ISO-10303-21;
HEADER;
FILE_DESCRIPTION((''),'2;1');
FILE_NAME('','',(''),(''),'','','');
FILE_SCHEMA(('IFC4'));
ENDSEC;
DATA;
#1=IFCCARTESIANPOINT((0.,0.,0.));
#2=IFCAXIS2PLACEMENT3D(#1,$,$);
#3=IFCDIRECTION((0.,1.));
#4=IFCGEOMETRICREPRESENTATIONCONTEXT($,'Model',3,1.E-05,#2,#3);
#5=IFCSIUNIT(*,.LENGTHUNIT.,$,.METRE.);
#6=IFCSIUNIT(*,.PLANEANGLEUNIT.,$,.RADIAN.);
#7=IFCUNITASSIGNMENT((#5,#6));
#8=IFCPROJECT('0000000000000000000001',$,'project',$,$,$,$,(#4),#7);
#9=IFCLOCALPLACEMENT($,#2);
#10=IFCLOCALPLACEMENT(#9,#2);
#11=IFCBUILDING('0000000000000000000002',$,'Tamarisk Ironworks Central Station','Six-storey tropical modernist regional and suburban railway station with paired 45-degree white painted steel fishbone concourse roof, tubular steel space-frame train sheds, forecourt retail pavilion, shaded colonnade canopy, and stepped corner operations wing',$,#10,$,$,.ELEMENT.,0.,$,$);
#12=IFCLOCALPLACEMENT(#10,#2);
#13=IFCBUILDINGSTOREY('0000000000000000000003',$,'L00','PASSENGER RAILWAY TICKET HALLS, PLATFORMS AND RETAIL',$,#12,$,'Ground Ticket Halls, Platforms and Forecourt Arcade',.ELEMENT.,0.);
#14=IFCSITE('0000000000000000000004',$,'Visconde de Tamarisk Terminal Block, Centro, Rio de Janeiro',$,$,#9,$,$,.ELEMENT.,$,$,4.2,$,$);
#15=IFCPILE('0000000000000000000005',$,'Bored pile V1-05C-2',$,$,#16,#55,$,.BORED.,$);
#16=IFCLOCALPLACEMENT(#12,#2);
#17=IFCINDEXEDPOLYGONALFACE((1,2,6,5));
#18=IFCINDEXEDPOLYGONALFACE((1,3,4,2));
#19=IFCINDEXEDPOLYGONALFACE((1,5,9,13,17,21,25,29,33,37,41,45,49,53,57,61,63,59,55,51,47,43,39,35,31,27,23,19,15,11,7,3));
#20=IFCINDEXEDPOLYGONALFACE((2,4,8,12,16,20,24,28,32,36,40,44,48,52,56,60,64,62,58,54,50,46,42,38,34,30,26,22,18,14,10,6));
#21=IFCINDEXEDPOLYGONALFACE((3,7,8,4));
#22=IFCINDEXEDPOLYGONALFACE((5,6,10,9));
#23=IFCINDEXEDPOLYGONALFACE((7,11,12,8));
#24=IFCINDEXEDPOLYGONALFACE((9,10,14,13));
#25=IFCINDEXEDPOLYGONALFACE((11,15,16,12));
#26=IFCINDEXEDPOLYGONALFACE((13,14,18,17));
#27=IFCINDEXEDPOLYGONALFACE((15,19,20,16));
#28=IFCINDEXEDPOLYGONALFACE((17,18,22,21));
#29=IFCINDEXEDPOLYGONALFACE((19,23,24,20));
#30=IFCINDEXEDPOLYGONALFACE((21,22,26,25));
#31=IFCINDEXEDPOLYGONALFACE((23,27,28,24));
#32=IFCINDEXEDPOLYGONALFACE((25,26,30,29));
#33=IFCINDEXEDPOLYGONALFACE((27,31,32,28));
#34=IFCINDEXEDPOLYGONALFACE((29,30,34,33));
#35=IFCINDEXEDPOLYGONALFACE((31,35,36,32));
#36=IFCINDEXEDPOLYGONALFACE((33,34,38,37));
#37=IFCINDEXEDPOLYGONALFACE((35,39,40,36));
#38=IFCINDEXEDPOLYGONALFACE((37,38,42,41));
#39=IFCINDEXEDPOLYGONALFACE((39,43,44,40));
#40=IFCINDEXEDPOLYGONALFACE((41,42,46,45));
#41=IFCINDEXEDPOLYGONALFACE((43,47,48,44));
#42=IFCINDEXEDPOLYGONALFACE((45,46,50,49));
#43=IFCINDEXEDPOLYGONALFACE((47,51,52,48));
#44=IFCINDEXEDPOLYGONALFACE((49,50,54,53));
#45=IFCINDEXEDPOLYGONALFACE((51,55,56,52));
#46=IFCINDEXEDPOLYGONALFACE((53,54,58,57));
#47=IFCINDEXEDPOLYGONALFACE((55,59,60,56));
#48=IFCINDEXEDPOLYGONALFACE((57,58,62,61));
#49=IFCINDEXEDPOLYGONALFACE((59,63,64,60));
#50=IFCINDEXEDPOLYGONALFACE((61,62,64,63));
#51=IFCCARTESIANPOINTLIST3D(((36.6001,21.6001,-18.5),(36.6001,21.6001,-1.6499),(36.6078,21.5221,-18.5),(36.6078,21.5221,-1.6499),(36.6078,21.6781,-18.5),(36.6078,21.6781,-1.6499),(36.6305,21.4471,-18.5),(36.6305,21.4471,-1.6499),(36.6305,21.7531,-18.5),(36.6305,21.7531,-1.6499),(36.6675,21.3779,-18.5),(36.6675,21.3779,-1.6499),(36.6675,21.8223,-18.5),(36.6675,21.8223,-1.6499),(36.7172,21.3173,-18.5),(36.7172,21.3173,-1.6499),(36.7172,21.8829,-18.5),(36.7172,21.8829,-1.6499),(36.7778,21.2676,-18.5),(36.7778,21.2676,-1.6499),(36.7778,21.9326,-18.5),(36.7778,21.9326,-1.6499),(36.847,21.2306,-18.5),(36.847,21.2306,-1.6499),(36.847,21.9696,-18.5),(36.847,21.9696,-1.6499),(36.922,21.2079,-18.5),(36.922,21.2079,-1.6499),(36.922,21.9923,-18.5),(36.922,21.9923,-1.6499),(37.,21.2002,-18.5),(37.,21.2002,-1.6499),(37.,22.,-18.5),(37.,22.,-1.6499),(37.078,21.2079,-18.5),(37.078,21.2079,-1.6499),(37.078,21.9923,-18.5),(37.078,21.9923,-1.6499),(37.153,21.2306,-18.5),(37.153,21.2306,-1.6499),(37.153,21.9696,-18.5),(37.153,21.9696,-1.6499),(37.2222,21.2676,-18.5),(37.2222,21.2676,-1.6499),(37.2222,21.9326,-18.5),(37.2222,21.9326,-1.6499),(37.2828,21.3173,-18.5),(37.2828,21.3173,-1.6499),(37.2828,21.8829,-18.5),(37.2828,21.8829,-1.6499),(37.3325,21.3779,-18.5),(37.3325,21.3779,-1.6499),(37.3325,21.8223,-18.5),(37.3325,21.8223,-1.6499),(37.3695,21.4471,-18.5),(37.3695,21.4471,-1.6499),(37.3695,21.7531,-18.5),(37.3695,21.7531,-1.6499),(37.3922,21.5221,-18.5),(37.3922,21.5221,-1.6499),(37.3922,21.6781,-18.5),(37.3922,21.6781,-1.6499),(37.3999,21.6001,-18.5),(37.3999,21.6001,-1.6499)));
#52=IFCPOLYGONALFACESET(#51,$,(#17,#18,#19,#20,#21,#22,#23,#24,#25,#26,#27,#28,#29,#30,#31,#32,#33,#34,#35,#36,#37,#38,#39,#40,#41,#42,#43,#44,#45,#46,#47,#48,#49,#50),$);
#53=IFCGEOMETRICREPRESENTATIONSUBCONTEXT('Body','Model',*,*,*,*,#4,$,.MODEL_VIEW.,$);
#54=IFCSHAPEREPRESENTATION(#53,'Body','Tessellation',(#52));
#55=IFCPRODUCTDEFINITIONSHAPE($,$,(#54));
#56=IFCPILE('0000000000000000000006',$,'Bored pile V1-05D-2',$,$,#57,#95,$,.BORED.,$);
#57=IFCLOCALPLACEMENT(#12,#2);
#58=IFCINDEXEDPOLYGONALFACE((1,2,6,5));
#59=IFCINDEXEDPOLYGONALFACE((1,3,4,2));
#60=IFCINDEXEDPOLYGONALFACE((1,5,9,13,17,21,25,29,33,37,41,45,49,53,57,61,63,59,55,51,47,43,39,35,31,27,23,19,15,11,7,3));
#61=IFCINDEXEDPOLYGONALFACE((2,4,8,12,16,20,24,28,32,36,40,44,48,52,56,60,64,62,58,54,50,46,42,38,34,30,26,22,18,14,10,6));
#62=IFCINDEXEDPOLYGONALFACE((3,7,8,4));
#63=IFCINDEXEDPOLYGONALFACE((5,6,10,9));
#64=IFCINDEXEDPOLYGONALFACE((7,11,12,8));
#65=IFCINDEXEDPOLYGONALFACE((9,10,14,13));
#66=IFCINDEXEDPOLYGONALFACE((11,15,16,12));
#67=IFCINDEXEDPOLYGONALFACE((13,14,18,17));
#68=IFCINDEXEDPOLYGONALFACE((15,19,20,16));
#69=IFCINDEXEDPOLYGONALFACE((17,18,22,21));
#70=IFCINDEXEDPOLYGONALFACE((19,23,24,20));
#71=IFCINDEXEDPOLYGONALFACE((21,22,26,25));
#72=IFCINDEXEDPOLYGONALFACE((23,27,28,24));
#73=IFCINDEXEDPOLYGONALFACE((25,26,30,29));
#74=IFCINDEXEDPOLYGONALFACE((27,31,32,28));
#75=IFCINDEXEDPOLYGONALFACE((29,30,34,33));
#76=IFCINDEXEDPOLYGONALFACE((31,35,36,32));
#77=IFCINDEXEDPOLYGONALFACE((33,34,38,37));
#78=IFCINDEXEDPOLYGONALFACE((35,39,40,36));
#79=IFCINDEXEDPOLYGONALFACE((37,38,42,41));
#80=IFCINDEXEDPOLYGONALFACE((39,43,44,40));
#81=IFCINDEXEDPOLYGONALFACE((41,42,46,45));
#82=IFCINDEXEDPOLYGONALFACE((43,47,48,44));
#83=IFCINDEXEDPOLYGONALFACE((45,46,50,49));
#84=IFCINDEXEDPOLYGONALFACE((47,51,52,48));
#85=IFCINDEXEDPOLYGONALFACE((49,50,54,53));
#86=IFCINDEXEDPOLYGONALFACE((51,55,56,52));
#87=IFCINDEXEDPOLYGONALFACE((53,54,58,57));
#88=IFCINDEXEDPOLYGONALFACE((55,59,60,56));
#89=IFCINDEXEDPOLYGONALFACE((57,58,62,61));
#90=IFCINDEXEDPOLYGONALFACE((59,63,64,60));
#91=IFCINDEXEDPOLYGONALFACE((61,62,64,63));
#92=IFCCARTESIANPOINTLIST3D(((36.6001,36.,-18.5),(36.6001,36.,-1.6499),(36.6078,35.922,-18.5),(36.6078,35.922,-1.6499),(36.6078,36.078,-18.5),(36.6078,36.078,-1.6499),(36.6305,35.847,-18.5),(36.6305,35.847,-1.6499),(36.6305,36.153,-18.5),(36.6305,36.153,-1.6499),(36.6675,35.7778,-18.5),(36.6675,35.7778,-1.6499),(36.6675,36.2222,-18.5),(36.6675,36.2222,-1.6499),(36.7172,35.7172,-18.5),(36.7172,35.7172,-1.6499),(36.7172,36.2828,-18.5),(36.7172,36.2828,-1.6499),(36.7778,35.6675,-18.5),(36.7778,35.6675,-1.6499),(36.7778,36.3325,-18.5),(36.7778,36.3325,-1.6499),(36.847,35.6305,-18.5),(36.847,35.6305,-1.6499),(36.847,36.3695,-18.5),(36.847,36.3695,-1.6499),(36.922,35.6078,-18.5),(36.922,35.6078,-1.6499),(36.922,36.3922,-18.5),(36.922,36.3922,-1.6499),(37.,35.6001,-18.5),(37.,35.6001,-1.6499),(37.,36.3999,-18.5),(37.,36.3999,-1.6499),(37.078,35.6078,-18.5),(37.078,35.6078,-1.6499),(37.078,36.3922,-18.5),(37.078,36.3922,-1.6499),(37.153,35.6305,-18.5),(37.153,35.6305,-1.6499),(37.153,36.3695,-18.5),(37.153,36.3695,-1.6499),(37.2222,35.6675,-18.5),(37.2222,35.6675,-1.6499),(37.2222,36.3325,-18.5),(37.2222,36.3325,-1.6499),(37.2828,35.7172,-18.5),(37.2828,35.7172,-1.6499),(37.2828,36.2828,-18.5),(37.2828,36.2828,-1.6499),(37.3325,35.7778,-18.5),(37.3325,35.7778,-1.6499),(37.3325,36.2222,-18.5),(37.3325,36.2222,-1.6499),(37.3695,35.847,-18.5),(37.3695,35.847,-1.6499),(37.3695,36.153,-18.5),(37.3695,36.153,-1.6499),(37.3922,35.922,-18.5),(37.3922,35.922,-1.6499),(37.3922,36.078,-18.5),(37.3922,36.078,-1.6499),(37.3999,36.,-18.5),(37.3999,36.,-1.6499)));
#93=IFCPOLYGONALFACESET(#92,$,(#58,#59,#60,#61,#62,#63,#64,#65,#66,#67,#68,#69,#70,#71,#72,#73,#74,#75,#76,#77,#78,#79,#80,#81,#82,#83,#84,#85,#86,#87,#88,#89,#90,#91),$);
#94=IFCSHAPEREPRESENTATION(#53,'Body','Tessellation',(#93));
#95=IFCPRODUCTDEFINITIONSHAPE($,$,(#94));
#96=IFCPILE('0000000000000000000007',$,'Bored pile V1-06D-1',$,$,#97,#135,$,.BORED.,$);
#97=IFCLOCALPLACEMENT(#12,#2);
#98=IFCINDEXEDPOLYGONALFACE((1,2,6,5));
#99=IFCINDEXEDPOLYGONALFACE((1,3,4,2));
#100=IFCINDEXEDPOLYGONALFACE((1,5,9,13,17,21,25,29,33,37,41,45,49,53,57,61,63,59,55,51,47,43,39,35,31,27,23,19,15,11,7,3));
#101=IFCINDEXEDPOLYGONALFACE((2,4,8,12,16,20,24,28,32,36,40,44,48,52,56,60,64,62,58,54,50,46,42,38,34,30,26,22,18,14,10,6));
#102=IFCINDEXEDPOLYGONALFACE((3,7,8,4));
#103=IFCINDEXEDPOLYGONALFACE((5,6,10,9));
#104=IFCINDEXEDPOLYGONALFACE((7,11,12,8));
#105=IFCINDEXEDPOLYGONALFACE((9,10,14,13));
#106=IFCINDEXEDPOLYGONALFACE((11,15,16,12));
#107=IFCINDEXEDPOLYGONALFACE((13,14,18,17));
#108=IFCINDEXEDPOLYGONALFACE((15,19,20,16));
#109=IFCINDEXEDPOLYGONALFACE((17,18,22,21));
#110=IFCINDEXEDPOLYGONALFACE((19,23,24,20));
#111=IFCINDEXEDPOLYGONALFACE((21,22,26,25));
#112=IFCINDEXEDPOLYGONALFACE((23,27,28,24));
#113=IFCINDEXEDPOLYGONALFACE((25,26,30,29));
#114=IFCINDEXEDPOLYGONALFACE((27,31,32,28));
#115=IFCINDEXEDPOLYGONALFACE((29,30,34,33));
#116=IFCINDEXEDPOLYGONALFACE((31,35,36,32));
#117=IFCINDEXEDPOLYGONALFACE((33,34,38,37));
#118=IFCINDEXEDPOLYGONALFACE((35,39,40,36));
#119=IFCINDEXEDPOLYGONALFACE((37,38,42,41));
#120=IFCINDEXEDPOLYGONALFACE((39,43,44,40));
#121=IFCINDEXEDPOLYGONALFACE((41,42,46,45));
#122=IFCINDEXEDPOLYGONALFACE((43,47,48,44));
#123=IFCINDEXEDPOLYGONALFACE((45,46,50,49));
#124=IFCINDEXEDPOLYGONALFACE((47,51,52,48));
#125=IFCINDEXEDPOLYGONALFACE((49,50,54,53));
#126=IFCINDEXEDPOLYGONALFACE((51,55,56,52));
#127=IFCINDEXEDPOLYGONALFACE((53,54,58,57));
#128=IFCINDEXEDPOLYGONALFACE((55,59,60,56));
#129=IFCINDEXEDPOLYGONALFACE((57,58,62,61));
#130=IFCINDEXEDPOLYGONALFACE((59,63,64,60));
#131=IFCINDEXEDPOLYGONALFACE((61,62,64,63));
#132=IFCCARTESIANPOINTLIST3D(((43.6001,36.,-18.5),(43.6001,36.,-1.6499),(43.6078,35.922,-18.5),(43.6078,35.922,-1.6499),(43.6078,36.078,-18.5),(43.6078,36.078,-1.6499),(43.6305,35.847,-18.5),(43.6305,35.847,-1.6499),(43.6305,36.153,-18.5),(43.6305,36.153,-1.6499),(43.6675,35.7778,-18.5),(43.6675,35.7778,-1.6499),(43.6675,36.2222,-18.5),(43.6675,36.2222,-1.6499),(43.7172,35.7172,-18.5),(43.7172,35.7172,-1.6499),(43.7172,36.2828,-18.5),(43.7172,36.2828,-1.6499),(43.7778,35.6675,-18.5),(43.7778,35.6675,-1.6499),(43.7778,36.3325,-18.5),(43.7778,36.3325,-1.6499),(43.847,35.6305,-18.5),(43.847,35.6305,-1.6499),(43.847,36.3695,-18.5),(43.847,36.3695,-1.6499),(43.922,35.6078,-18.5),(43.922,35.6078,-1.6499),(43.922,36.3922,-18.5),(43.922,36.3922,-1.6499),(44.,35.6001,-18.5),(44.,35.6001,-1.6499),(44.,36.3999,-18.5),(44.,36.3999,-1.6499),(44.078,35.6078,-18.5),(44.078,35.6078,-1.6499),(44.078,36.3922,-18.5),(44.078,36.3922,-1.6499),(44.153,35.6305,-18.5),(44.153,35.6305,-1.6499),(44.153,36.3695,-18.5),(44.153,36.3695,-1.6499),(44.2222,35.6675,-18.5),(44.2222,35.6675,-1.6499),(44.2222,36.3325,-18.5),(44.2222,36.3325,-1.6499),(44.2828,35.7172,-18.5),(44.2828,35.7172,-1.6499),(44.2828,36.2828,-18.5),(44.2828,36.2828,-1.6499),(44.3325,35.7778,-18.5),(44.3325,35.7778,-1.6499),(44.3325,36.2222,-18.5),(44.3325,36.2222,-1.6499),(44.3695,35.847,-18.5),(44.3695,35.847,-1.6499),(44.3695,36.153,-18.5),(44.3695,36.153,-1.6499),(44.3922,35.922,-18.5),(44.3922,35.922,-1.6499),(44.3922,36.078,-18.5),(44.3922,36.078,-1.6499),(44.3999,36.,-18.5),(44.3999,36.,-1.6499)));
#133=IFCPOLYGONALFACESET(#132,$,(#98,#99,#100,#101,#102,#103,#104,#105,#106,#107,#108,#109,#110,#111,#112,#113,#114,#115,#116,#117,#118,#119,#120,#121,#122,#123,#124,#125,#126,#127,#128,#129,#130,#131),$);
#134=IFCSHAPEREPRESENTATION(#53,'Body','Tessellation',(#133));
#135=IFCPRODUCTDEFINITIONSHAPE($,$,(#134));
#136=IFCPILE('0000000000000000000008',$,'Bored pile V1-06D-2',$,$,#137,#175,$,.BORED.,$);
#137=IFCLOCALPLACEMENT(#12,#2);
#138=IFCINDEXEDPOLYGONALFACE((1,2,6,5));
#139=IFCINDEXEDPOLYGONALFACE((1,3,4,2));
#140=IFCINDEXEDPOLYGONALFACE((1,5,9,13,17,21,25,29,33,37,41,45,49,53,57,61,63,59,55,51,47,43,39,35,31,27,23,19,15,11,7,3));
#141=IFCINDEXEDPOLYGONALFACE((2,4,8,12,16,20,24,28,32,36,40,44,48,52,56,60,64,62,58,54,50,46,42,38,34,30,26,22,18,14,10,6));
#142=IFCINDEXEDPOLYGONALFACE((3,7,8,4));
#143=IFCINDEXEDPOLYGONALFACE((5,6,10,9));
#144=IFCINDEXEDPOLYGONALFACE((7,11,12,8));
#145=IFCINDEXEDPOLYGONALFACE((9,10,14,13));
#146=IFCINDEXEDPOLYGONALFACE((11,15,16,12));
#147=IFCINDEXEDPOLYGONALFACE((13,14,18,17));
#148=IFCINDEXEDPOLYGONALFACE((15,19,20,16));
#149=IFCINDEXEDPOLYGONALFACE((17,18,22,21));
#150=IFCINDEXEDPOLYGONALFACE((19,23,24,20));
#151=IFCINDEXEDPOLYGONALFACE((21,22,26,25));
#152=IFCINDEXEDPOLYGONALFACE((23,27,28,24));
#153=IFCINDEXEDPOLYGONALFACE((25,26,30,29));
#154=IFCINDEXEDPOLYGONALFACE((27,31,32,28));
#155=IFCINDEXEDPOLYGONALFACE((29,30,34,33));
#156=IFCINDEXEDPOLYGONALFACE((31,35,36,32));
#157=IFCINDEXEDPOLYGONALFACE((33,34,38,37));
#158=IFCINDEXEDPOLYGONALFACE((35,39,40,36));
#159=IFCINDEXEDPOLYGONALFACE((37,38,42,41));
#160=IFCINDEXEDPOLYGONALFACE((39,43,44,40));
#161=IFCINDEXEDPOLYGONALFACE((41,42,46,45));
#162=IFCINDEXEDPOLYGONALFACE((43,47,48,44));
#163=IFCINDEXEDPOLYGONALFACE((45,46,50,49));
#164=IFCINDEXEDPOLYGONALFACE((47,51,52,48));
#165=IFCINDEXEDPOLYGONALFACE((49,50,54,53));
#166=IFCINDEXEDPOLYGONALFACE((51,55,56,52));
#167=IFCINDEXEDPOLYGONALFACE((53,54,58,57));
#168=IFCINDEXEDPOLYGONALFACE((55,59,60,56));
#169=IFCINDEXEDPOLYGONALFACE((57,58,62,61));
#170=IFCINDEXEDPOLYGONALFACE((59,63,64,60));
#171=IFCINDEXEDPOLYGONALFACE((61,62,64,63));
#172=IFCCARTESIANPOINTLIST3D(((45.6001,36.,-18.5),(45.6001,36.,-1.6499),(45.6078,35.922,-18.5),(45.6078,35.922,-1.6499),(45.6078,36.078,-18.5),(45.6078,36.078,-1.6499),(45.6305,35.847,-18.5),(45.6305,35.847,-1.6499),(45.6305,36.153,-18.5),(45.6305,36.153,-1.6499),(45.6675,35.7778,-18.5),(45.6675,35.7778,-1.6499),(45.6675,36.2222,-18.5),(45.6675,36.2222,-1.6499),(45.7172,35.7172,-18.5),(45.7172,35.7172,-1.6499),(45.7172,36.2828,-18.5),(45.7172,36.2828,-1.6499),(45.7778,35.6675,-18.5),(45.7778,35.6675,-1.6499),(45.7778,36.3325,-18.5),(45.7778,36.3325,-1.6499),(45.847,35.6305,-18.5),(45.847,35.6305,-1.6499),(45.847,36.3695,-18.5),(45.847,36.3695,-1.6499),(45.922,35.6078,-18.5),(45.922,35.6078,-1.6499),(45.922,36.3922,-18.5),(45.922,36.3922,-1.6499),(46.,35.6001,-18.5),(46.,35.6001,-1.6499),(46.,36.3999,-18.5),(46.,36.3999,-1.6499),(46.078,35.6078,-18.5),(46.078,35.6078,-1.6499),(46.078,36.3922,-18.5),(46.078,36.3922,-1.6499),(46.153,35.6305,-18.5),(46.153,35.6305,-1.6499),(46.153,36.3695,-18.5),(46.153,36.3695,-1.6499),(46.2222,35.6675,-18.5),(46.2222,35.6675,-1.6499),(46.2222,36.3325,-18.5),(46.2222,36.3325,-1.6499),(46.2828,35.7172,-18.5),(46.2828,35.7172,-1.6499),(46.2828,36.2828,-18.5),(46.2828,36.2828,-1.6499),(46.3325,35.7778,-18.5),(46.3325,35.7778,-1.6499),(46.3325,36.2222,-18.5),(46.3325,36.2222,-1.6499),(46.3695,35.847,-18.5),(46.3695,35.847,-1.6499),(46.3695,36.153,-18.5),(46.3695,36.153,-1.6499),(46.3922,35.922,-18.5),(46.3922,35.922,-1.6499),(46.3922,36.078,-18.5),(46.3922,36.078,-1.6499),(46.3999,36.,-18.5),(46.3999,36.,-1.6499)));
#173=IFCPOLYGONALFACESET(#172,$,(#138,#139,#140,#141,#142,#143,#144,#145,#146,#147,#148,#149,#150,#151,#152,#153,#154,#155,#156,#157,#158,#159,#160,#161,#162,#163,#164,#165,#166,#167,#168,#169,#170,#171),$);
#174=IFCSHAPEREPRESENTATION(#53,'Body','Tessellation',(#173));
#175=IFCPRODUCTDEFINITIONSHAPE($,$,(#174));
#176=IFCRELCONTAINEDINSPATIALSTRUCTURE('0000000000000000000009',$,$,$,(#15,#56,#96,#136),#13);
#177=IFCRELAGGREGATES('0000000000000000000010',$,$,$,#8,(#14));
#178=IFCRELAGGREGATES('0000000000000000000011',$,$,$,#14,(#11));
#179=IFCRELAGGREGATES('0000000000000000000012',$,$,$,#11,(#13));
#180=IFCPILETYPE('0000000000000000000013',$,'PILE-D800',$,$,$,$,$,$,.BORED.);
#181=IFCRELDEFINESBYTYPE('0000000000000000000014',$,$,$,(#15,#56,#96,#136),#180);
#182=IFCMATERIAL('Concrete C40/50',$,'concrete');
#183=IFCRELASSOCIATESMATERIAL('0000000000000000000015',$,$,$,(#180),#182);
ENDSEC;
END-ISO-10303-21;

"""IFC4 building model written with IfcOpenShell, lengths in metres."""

from ifc_helpers import new_model, si_unit, direction, frame, origin, origin_2d, place, context, subcontext, project, spatial, circle, extrude, material, material_profile, profile_set, type_object, element, save


model = new_model("IFC4")

# Units and contexts
model_context = context("Model", 3, precision=1e-05, world=origin(), true_north=direction((0.0, 1.0)))
body_context = subcontext(model_context, "Body", "Model", "MODEL_VIEW")
ifc_project = project(units=[si_unit("LENGTHUNIT", "METRE"), si_unit("PLANEANGLEUNIT", "RADIAN")], contexts=[model_context])

# Site, building, storey
site_placement = place(None, origin())
site = spatial("IfcSite", under=ifc_project, at=site_placement, Name="Visconde de Tamarisk Terminal Block, Centro, Rio de Janeiro", CompositionType="ELEMENT", RefElevation=4.2)
building_placement = place(site_placement, origin())
building = spatial("IfcBuilding", under=site, at=building_placement, Name="Tamarisk Ironworks Central Station", Description="Six-storey tropical modernist regional and suburban railway station with paired 45-degree white painted steel fishbone concourse roof, tubular steel space-frame train sheds, forecourt retail pavilion, shaded colonnade canopy, and stepped corner operations wing", CompositionType="ELEMENT", ElevationOfRefHeight=0.0)
storey_placement = place(building_placement, origin())
storey = spatial("IfcBuildingStorey", under=building, at=storey_placement, Name="L00", Description="PASSENGER RAILWAY TICKET HALLS, PLATFORMS AND RETAIL", LongName="Ground Ticket Halls, Platforms and Forecourt Arcade", CompositionType="ELEMENT", Elevation=0.0)

# Shared definitions
ifc_material_1 = material(Name="Concrete C40/50", Category="concrete")

# Piles
ifc_material_profile_1 = material_profile(ifc_material_1, circle(Radius=0.3999, at=origin_2d()), Name="BORED PILE D800")
ifc_profile_set_1 = profile_set([ifc_material_profile_1], Name="Concrete C40/50")
pile_type_1 = type_object("IfcPileType", Name="PILE-D800", PredefinedType="BORED", material=ifc_profile_set_1)
for number, where, z_axis, x_axis, name in (
    (1, (37.0, 21.6001, -1.6499), (0.0, 0.0, -1.0), (1.0, 0.0, 0.0), "Bored pile V1-05C-2"),
    (2, (37.0, 36.0, -1.6499), (0.0, 0.0, -1.0), (1.0, 0.0, 0.0), "Bored pile V1-05D-2"),
    (3, (44.0, 36.0, -1.6499), (0.0, 0.0, -1.0), (1.0, 0.0, 0.0), "Bored pile V1-06D-1"),
    (4, (46.0, 36.0, -1.6499), (0.0, 0.0, -1.0), (1.0, 0.0, 0.0), "Bored pile V1-06D-2"),
):
    element("IfcPile", number, at=place(storey_placement, frame(where, z_axis=z_axis, x_axis=x_axis)), inside=storey, type_object=pile_type_1, Name=name, PredefinedType="BORED", context=body_context, shape_type="SweptSolid", body=[
        extrude(circle(Radius=0.3999, at=origin_2d()), origin(), (0.0, 0.0, 1.0), 16.8501),
    ])

save(model, "model.ifc")
